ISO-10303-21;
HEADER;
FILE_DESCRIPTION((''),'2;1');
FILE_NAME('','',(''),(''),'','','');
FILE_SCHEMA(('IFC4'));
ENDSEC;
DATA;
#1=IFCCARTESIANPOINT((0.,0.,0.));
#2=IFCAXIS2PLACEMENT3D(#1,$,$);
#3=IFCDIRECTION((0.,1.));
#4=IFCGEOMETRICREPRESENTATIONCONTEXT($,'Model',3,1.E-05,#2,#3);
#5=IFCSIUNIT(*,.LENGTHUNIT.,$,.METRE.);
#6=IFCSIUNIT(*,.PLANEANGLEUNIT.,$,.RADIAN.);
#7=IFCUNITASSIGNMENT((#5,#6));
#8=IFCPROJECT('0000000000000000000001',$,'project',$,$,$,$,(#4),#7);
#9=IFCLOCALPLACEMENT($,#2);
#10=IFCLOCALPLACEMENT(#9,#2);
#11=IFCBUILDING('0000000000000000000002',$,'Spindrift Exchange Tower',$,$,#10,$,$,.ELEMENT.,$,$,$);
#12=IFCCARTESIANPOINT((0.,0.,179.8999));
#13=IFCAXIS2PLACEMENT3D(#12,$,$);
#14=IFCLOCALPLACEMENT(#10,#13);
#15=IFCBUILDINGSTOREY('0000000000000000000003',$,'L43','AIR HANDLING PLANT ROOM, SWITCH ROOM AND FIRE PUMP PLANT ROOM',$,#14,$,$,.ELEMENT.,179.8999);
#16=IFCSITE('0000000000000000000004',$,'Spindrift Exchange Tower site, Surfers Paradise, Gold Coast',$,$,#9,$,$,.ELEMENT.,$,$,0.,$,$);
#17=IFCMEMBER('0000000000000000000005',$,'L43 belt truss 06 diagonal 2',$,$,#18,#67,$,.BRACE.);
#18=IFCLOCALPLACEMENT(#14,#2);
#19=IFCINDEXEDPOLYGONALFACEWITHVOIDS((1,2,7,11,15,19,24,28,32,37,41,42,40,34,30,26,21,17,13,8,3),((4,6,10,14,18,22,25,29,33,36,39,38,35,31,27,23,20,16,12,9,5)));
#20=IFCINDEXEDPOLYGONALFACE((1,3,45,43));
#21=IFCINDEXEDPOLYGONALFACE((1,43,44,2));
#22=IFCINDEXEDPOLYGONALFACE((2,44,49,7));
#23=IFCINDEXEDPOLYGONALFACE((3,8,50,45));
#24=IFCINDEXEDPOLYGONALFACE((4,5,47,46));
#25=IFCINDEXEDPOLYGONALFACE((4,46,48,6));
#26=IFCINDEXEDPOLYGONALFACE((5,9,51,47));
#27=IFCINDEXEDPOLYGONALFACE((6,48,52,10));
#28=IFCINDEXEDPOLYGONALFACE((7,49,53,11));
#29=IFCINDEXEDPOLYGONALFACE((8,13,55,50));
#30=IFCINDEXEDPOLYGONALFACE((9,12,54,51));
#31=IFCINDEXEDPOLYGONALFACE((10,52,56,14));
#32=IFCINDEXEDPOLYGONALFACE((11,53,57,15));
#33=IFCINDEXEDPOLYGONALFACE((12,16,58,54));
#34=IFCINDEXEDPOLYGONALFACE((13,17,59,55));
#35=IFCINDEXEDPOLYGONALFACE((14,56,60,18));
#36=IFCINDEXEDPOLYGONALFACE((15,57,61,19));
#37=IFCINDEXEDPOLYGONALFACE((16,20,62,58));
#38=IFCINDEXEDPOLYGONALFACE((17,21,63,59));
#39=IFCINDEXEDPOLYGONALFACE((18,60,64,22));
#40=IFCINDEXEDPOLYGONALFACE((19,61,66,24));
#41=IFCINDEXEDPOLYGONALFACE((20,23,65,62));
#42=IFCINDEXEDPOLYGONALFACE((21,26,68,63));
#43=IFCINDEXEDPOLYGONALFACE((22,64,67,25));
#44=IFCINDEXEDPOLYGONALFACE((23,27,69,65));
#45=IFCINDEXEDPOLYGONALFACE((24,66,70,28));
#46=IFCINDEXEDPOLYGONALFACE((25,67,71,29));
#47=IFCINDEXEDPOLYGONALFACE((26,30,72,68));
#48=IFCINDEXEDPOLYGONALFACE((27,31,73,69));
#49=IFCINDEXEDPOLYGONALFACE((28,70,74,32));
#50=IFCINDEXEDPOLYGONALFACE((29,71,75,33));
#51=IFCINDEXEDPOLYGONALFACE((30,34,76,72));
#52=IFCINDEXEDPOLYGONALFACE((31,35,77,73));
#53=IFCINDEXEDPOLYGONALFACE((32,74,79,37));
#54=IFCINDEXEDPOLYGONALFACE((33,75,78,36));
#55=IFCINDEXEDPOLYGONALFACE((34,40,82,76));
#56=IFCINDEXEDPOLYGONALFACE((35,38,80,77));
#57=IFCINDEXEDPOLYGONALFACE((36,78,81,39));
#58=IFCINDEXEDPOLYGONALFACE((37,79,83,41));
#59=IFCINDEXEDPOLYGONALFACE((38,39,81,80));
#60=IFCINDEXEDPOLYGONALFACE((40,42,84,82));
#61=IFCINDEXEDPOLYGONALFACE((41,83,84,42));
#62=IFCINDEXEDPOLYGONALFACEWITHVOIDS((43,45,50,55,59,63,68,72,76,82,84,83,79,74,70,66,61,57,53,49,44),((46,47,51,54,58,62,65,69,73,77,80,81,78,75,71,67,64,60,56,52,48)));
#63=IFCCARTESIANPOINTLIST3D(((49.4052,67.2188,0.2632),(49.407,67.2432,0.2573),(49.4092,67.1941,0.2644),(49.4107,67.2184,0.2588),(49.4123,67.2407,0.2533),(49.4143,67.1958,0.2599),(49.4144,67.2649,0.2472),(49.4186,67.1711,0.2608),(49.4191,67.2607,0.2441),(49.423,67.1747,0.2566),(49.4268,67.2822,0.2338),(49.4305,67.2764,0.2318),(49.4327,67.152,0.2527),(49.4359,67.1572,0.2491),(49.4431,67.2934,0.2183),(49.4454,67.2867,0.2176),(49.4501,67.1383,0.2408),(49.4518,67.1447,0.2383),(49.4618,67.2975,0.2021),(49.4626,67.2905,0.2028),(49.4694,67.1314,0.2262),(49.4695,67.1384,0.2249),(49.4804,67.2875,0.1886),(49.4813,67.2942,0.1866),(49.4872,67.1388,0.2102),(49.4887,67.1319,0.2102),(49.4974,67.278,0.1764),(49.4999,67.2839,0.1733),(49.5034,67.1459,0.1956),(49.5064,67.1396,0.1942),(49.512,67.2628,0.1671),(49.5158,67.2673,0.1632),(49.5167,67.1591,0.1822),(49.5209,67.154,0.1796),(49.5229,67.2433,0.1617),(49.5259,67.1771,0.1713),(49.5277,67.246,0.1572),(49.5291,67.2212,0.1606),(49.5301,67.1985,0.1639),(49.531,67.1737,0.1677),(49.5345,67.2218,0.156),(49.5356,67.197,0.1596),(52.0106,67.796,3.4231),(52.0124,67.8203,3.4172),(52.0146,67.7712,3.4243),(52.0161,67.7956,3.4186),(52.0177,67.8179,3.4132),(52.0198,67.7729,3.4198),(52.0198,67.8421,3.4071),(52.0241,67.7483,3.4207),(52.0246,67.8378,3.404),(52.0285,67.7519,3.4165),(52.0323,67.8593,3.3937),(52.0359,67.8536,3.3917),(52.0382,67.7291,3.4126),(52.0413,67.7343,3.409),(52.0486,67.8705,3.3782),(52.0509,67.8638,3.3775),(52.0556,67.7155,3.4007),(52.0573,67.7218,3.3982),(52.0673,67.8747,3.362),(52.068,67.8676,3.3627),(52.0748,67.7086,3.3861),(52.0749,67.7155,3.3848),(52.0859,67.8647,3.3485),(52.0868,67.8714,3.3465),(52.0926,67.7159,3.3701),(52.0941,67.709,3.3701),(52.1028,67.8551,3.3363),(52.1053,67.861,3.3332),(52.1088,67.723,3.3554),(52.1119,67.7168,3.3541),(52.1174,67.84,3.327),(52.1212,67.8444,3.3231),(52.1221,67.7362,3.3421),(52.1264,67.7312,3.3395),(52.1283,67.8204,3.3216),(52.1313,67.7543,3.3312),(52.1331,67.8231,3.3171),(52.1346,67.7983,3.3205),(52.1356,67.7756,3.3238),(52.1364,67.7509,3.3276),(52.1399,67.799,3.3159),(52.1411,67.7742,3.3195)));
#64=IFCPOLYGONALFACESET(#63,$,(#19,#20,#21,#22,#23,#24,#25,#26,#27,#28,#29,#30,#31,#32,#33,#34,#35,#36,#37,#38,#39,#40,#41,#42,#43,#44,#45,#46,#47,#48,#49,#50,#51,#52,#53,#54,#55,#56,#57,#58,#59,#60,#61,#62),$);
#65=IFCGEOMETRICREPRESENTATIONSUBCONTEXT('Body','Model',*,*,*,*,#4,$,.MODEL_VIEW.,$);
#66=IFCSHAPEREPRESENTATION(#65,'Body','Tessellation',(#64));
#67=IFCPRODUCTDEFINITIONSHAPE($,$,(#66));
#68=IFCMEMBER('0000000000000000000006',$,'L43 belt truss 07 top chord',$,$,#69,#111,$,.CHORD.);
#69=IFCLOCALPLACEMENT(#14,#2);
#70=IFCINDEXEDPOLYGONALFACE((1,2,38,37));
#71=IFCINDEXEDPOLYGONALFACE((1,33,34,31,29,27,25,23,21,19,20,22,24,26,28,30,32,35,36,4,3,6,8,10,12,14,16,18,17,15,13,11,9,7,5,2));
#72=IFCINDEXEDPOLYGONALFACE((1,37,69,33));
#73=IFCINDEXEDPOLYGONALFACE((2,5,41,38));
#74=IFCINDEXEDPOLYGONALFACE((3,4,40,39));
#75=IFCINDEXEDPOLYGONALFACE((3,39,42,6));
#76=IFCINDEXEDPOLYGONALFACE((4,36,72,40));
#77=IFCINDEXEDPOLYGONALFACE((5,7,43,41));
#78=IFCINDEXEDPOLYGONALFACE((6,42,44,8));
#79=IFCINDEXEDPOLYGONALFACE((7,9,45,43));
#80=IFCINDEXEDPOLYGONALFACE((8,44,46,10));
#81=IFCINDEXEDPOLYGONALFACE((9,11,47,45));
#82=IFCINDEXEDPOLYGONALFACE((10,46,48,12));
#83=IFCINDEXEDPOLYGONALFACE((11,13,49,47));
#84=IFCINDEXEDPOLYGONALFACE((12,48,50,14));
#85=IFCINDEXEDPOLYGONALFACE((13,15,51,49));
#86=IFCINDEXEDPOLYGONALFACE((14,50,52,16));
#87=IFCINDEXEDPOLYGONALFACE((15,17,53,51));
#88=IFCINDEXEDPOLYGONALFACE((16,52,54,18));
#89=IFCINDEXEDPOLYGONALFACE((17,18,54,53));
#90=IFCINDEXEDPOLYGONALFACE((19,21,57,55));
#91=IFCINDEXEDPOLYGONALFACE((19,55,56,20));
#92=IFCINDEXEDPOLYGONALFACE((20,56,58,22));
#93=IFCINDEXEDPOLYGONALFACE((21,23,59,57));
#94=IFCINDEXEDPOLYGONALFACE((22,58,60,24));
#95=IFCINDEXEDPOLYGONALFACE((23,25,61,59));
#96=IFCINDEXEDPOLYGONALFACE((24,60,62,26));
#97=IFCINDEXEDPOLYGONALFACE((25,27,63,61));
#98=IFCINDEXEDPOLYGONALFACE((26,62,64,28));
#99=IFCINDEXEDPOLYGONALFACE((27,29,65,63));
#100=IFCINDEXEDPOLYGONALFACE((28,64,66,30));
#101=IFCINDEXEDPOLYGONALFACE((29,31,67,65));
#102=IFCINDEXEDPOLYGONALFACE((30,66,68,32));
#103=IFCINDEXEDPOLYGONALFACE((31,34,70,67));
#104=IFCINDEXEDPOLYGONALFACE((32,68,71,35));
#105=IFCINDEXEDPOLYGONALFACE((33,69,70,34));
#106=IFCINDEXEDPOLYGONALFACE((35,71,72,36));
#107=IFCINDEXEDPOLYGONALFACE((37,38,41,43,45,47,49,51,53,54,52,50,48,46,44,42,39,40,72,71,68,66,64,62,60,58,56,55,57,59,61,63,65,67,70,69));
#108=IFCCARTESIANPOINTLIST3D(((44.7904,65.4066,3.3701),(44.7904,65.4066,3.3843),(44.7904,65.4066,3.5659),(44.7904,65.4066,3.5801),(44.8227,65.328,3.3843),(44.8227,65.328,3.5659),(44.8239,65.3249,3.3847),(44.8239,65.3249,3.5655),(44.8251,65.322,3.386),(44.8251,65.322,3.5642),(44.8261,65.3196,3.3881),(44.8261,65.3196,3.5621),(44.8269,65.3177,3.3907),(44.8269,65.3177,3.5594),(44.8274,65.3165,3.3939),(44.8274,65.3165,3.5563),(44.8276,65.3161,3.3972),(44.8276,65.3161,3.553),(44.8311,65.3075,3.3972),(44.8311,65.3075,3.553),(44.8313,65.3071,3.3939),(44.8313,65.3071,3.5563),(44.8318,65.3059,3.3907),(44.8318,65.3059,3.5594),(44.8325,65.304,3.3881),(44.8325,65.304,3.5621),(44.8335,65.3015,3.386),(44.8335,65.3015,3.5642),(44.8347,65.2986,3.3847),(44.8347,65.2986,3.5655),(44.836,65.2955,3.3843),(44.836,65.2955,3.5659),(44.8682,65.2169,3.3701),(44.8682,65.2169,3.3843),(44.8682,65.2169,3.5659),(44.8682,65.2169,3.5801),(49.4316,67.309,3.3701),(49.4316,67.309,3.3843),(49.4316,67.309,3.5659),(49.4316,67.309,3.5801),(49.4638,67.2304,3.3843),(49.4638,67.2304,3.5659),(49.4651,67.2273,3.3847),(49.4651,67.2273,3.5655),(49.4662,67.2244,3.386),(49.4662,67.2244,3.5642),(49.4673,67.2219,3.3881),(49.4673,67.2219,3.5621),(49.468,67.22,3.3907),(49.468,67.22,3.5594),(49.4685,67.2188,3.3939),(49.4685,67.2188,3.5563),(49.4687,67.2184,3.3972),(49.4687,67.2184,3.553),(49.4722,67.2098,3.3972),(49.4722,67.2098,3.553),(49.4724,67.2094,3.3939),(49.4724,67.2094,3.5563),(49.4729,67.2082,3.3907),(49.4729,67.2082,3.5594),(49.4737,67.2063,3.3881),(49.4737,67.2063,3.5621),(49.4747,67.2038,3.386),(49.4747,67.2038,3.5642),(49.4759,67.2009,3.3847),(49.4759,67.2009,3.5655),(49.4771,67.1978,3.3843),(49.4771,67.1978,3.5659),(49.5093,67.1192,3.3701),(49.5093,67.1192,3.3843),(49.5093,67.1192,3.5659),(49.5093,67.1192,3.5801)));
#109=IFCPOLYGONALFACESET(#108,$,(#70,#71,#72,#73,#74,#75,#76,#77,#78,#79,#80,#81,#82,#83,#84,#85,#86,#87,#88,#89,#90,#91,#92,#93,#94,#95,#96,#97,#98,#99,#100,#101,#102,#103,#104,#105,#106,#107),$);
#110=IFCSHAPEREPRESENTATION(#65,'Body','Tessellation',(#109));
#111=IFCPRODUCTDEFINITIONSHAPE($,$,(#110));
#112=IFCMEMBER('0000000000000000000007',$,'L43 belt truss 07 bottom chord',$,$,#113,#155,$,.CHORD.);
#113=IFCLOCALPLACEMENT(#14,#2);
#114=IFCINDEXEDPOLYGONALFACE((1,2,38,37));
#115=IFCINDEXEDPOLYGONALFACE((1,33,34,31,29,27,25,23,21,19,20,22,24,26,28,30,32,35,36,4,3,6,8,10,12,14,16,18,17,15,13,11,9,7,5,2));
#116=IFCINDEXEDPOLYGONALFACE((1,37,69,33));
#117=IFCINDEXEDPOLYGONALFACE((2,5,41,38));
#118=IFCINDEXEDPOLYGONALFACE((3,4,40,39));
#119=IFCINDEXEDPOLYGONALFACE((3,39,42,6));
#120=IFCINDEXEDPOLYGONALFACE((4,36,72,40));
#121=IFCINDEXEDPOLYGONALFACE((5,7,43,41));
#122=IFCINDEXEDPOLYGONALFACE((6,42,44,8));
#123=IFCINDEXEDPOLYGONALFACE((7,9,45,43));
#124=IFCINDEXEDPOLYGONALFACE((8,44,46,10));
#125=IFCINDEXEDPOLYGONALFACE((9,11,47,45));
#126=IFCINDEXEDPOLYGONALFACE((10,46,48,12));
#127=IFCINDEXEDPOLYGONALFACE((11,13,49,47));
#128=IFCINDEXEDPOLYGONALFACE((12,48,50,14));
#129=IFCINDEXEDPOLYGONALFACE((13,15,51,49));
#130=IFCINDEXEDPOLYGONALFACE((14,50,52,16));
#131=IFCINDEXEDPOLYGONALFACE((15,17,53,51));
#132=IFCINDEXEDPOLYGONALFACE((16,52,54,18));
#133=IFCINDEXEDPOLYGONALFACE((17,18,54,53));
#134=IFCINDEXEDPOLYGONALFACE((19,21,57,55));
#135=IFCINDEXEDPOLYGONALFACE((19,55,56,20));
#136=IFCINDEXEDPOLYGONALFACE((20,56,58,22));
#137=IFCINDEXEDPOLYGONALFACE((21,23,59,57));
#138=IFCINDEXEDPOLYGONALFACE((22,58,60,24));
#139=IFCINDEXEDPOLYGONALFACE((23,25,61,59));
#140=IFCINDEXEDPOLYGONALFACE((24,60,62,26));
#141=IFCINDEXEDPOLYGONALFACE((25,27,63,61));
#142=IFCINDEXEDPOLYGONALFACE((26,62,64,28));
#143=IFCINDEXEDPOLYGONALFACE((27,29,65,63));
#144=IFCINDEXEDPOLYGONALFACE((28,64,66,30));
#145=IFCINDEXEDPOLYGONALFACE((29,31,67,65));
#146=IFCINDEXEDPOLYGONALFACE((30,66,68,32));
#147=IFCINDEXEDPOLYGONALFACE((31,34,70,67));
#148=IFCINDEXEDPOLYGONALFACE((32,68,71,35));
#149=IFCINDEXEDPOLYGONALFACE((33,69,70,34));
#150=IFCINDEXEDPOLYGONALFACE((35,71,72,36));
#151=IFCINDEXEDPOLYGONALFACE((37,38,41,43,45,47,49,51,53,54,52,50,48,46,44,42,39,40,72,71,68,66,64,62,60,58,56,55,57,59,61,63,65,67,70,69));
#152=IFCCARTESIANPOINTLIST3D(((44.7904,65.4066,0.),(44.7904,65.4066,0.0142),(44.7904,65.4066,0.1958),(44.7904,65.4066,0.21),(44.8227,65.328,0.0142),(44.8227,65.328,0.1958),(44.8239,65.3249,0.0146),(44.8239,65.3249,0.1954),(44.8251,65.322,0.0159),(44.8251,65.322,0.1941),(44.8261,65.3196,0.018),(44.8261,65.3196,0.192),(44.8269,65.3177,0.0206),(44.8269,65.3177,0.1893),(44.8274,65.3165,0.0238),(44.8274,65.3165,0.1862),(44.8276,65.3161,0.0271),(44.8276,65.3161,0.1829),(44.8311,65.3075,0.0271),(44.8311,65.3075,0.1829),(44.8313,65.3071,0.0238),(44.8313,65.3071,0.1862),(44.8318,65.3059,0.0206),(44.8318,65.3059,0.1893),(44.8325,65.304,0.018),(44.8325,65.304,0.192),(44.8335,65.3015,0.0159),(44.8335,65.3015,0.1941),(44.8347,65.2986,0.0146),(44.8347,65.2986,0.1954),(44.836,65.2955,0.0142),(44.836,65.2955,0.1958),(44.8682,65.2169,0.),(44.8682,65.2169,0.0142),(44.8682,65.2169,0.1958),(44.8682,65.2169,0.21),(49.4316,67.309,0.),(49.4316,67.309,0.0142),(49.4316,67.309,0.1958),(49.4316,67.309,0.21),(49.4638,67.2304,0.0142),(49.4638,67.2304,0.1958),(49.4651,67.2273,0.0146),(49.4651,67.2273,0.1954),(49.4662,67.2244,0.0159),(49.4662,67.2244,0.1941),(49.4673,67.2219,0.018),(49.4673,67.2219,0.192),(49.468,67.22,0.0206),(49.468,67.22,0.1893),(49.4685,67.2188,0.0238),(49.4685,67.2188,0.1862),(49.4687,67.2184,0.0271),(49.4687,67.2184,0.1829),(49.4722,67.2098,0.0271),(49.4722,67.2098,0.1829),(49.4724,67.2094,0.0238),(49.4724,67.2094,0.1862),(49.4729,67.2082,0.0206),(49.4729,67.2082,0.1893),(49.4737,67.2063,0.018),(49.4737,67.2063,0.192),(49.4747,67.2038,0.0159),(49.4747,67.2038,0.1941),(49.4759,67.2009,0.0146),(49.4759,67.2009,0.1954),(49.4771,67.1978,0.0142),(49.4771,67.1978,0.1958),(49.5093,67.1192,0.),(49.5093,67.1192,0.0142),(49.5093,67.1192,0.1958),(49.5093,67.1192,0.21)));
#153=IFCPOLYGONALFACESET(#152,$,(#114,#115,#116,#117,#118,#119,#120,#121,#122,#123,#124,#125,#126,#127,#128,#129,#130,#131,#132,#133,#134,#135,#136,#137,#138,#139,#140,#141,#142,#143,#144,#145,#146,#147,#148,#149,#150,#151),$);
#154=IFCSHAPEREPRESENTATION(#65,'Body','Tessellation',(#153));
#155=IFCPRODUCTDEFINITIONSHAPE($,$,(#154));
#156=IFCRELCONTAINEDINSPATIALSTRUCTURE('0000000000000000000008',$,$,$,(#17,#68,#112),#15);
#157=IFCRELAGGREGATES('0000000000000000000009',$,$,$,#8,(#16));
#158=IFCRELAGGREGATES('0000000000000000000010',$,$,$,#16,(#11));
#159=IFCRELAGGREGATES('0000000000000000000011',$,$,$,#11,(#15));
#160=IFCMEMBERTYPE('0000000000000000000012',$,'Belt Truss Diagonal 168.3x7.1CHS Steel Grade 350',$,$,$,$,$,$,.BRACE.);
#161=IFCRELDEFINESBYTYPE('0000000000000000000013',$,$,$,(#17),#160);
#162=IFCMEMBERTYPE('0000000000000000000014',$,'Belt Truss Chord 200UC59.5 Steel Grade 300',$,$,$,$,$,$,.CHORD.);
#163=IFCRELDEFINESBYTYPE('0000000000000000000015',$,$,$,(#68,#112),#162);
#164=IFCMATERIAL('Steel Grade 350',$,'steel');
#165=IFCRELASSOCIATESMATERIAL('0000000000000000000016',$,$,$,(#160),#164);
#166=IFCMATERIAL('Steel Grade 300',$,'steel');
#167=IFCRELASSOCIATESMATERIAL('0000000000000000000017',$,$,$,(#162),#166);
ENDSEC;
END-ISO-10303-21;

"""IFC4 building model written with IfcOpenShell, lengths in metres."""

from ifc_helpers import new_model, si_unit, direction, frame, origin, origin_2d, place, context, subcontext, project, spatial, hollow_circle, i_section, extrude, source, transform, mapped, material, material_profile, profile_set, type_object, element, save


model = new_model("IFC4")

# Units and contexts
model_context = context("Model", 3, precision=1e-05, world=origin(), true_north=direction((0.0, 1.0)))
body_context = subcontext(model_context, "Body", "Model", "MODEL_VIEW")
ifc_project = project(units=[si_unit("LENGTHUNIT", "METRE"), si_unit("PLANEANGLEUNIT", "RADIAN")], contexts=[model_context])

# Site, building, storey
site_placement = place(None, origin())
site = spatial("IfcSite", under=ifc_project, at=site_placement, Name="Spindrift Exchange Tower site, Surfers Paradise, Gold Coast", CompositionType="ELEMENT", RefElevation=0.0)
building_placement = place(site_placement, origin())
building = spatial("IfcBuilding", under=site, at=building_placement, Name="Spindrift Exchange Tower", CompositionType="ELEMENT")
storey_placement = place(building_placement, frame((0.0, 0.0, 179.8999)))
storey = spatial("IfcBuildingStorey", under=building, at=storey_placement, Name="L43", Description="AIR HANDLING PLANT ROOM, SWITCH ROOM AND FIRE PUMP PLANT ROOM", CompositionType="ELEMENT", Elevation=179.8999)

# Shared definitions
ifc_material_1 = material(Name="Steel Grade 300", Category="steel")

# Members
ifc_material_2 = material(Name="Steel Grade 350", Category="steel")
ifc_material_profile_1 = material_profile(ifc_material_2, hollow_circle(Radius=0.0842, WallThickness=0.0071, at=origin_2d()), Name="168.3x7.1CHS")
ifc_profile_set_1 = profile_set([ifc_material_profile_1], Name="Steel Grade 350")
member_type_1 = type_object("IfcMemberType", Name="Belt Truss Diagonal 168.3x7.1CHS Steel Grade 350", PredefinedType="BRACE", material=ifc_profile_set_1)
shared_shape_1 = source(origin(), body_context, "Body", "SweptSolid", [
    extrude(hollow_circle(Radius=0.0842, WallThickness=0.0071, at=origin_2d()), origin(), (0.0, 0.0, 1.0), 4.136),
])
member_1_placement = place(storey_placement, frame((52.0759, 67.7913, 3.3701), z_axis=(-0.629947, -0.139542, -0.763999), x_axis=(0.216272, -0.976333, 0.0)))
element("IfcMember", 1, at=member_1_placement, inside=storey, type_object=member_type_1, Name="L43 belt truss 06 diagonal 2", PredefinedType="BRACE", context=body_context, shape_type="MappedRepresentation", body=[
    mapped(shared_shape_1, transform((0.0, 0.0, 0.0), scale=1.0)),
])
ifc_material_profile_2 = material_profile(ifc_material_1, i_section(OverallWidth=0.2051, OverallDepth=0.21, WebThickness=0.0093, FlangeThickness=0.0142, FilletRadius=0.0129, at=origin_2d()), Name="200UC59.5")
ifc_profile_set_2 = profile_set([ifc_material_profile_2], Name="Steel Grade 300")
member_type_2 = type_object("IfcMemberType", Name="Belt Truss Chord 200UC59.5 Steel Grade 300", PredefinedType="CHORD", material=ifc_profile_set_2)
shared_shape_2 = source(origin(), body_context, "Body", "SweptSolid", [
    extrude(i_section(OverallWidth=0.2051, OverallDepth=0.21, WebThickness=0.0093, FlangeThickness=0.0142, FilletRadius=0.0129, at=origin_2d()), origin(), (0.0, 0.0, 1.0), 5.0159),
])
for number, where, z_axis, x_axis, name in (
    (2, (49.4705, 67.2141, 3.4751), (-0.925288, -0.379266, 0.0), (0.379266, -0.925288, 0.0), "L43 belt truss 07 top chord"),
    (3, (49.4705, 67.2141, 0.105), (-0.925288, -0.379266, 0.0), (0.379266, -0.925288, 0.0), "L43 belt truss 07 bottom chord"),
):
    element("IfcMember", number, at=place(storey_placement, frame(where, z_axis=z_axis, x_axis=x_axis)), inside=storey, type_object=member_type_2, Name=name, PredefinedType="CHORD", context=body_context, shape_type="MappedRepresentation", body=[
        mapped(shared_shape_2, transform((0.0, 0.0, 0.0), scale=1.0)),
    ])

save(model, "model.ifc")
